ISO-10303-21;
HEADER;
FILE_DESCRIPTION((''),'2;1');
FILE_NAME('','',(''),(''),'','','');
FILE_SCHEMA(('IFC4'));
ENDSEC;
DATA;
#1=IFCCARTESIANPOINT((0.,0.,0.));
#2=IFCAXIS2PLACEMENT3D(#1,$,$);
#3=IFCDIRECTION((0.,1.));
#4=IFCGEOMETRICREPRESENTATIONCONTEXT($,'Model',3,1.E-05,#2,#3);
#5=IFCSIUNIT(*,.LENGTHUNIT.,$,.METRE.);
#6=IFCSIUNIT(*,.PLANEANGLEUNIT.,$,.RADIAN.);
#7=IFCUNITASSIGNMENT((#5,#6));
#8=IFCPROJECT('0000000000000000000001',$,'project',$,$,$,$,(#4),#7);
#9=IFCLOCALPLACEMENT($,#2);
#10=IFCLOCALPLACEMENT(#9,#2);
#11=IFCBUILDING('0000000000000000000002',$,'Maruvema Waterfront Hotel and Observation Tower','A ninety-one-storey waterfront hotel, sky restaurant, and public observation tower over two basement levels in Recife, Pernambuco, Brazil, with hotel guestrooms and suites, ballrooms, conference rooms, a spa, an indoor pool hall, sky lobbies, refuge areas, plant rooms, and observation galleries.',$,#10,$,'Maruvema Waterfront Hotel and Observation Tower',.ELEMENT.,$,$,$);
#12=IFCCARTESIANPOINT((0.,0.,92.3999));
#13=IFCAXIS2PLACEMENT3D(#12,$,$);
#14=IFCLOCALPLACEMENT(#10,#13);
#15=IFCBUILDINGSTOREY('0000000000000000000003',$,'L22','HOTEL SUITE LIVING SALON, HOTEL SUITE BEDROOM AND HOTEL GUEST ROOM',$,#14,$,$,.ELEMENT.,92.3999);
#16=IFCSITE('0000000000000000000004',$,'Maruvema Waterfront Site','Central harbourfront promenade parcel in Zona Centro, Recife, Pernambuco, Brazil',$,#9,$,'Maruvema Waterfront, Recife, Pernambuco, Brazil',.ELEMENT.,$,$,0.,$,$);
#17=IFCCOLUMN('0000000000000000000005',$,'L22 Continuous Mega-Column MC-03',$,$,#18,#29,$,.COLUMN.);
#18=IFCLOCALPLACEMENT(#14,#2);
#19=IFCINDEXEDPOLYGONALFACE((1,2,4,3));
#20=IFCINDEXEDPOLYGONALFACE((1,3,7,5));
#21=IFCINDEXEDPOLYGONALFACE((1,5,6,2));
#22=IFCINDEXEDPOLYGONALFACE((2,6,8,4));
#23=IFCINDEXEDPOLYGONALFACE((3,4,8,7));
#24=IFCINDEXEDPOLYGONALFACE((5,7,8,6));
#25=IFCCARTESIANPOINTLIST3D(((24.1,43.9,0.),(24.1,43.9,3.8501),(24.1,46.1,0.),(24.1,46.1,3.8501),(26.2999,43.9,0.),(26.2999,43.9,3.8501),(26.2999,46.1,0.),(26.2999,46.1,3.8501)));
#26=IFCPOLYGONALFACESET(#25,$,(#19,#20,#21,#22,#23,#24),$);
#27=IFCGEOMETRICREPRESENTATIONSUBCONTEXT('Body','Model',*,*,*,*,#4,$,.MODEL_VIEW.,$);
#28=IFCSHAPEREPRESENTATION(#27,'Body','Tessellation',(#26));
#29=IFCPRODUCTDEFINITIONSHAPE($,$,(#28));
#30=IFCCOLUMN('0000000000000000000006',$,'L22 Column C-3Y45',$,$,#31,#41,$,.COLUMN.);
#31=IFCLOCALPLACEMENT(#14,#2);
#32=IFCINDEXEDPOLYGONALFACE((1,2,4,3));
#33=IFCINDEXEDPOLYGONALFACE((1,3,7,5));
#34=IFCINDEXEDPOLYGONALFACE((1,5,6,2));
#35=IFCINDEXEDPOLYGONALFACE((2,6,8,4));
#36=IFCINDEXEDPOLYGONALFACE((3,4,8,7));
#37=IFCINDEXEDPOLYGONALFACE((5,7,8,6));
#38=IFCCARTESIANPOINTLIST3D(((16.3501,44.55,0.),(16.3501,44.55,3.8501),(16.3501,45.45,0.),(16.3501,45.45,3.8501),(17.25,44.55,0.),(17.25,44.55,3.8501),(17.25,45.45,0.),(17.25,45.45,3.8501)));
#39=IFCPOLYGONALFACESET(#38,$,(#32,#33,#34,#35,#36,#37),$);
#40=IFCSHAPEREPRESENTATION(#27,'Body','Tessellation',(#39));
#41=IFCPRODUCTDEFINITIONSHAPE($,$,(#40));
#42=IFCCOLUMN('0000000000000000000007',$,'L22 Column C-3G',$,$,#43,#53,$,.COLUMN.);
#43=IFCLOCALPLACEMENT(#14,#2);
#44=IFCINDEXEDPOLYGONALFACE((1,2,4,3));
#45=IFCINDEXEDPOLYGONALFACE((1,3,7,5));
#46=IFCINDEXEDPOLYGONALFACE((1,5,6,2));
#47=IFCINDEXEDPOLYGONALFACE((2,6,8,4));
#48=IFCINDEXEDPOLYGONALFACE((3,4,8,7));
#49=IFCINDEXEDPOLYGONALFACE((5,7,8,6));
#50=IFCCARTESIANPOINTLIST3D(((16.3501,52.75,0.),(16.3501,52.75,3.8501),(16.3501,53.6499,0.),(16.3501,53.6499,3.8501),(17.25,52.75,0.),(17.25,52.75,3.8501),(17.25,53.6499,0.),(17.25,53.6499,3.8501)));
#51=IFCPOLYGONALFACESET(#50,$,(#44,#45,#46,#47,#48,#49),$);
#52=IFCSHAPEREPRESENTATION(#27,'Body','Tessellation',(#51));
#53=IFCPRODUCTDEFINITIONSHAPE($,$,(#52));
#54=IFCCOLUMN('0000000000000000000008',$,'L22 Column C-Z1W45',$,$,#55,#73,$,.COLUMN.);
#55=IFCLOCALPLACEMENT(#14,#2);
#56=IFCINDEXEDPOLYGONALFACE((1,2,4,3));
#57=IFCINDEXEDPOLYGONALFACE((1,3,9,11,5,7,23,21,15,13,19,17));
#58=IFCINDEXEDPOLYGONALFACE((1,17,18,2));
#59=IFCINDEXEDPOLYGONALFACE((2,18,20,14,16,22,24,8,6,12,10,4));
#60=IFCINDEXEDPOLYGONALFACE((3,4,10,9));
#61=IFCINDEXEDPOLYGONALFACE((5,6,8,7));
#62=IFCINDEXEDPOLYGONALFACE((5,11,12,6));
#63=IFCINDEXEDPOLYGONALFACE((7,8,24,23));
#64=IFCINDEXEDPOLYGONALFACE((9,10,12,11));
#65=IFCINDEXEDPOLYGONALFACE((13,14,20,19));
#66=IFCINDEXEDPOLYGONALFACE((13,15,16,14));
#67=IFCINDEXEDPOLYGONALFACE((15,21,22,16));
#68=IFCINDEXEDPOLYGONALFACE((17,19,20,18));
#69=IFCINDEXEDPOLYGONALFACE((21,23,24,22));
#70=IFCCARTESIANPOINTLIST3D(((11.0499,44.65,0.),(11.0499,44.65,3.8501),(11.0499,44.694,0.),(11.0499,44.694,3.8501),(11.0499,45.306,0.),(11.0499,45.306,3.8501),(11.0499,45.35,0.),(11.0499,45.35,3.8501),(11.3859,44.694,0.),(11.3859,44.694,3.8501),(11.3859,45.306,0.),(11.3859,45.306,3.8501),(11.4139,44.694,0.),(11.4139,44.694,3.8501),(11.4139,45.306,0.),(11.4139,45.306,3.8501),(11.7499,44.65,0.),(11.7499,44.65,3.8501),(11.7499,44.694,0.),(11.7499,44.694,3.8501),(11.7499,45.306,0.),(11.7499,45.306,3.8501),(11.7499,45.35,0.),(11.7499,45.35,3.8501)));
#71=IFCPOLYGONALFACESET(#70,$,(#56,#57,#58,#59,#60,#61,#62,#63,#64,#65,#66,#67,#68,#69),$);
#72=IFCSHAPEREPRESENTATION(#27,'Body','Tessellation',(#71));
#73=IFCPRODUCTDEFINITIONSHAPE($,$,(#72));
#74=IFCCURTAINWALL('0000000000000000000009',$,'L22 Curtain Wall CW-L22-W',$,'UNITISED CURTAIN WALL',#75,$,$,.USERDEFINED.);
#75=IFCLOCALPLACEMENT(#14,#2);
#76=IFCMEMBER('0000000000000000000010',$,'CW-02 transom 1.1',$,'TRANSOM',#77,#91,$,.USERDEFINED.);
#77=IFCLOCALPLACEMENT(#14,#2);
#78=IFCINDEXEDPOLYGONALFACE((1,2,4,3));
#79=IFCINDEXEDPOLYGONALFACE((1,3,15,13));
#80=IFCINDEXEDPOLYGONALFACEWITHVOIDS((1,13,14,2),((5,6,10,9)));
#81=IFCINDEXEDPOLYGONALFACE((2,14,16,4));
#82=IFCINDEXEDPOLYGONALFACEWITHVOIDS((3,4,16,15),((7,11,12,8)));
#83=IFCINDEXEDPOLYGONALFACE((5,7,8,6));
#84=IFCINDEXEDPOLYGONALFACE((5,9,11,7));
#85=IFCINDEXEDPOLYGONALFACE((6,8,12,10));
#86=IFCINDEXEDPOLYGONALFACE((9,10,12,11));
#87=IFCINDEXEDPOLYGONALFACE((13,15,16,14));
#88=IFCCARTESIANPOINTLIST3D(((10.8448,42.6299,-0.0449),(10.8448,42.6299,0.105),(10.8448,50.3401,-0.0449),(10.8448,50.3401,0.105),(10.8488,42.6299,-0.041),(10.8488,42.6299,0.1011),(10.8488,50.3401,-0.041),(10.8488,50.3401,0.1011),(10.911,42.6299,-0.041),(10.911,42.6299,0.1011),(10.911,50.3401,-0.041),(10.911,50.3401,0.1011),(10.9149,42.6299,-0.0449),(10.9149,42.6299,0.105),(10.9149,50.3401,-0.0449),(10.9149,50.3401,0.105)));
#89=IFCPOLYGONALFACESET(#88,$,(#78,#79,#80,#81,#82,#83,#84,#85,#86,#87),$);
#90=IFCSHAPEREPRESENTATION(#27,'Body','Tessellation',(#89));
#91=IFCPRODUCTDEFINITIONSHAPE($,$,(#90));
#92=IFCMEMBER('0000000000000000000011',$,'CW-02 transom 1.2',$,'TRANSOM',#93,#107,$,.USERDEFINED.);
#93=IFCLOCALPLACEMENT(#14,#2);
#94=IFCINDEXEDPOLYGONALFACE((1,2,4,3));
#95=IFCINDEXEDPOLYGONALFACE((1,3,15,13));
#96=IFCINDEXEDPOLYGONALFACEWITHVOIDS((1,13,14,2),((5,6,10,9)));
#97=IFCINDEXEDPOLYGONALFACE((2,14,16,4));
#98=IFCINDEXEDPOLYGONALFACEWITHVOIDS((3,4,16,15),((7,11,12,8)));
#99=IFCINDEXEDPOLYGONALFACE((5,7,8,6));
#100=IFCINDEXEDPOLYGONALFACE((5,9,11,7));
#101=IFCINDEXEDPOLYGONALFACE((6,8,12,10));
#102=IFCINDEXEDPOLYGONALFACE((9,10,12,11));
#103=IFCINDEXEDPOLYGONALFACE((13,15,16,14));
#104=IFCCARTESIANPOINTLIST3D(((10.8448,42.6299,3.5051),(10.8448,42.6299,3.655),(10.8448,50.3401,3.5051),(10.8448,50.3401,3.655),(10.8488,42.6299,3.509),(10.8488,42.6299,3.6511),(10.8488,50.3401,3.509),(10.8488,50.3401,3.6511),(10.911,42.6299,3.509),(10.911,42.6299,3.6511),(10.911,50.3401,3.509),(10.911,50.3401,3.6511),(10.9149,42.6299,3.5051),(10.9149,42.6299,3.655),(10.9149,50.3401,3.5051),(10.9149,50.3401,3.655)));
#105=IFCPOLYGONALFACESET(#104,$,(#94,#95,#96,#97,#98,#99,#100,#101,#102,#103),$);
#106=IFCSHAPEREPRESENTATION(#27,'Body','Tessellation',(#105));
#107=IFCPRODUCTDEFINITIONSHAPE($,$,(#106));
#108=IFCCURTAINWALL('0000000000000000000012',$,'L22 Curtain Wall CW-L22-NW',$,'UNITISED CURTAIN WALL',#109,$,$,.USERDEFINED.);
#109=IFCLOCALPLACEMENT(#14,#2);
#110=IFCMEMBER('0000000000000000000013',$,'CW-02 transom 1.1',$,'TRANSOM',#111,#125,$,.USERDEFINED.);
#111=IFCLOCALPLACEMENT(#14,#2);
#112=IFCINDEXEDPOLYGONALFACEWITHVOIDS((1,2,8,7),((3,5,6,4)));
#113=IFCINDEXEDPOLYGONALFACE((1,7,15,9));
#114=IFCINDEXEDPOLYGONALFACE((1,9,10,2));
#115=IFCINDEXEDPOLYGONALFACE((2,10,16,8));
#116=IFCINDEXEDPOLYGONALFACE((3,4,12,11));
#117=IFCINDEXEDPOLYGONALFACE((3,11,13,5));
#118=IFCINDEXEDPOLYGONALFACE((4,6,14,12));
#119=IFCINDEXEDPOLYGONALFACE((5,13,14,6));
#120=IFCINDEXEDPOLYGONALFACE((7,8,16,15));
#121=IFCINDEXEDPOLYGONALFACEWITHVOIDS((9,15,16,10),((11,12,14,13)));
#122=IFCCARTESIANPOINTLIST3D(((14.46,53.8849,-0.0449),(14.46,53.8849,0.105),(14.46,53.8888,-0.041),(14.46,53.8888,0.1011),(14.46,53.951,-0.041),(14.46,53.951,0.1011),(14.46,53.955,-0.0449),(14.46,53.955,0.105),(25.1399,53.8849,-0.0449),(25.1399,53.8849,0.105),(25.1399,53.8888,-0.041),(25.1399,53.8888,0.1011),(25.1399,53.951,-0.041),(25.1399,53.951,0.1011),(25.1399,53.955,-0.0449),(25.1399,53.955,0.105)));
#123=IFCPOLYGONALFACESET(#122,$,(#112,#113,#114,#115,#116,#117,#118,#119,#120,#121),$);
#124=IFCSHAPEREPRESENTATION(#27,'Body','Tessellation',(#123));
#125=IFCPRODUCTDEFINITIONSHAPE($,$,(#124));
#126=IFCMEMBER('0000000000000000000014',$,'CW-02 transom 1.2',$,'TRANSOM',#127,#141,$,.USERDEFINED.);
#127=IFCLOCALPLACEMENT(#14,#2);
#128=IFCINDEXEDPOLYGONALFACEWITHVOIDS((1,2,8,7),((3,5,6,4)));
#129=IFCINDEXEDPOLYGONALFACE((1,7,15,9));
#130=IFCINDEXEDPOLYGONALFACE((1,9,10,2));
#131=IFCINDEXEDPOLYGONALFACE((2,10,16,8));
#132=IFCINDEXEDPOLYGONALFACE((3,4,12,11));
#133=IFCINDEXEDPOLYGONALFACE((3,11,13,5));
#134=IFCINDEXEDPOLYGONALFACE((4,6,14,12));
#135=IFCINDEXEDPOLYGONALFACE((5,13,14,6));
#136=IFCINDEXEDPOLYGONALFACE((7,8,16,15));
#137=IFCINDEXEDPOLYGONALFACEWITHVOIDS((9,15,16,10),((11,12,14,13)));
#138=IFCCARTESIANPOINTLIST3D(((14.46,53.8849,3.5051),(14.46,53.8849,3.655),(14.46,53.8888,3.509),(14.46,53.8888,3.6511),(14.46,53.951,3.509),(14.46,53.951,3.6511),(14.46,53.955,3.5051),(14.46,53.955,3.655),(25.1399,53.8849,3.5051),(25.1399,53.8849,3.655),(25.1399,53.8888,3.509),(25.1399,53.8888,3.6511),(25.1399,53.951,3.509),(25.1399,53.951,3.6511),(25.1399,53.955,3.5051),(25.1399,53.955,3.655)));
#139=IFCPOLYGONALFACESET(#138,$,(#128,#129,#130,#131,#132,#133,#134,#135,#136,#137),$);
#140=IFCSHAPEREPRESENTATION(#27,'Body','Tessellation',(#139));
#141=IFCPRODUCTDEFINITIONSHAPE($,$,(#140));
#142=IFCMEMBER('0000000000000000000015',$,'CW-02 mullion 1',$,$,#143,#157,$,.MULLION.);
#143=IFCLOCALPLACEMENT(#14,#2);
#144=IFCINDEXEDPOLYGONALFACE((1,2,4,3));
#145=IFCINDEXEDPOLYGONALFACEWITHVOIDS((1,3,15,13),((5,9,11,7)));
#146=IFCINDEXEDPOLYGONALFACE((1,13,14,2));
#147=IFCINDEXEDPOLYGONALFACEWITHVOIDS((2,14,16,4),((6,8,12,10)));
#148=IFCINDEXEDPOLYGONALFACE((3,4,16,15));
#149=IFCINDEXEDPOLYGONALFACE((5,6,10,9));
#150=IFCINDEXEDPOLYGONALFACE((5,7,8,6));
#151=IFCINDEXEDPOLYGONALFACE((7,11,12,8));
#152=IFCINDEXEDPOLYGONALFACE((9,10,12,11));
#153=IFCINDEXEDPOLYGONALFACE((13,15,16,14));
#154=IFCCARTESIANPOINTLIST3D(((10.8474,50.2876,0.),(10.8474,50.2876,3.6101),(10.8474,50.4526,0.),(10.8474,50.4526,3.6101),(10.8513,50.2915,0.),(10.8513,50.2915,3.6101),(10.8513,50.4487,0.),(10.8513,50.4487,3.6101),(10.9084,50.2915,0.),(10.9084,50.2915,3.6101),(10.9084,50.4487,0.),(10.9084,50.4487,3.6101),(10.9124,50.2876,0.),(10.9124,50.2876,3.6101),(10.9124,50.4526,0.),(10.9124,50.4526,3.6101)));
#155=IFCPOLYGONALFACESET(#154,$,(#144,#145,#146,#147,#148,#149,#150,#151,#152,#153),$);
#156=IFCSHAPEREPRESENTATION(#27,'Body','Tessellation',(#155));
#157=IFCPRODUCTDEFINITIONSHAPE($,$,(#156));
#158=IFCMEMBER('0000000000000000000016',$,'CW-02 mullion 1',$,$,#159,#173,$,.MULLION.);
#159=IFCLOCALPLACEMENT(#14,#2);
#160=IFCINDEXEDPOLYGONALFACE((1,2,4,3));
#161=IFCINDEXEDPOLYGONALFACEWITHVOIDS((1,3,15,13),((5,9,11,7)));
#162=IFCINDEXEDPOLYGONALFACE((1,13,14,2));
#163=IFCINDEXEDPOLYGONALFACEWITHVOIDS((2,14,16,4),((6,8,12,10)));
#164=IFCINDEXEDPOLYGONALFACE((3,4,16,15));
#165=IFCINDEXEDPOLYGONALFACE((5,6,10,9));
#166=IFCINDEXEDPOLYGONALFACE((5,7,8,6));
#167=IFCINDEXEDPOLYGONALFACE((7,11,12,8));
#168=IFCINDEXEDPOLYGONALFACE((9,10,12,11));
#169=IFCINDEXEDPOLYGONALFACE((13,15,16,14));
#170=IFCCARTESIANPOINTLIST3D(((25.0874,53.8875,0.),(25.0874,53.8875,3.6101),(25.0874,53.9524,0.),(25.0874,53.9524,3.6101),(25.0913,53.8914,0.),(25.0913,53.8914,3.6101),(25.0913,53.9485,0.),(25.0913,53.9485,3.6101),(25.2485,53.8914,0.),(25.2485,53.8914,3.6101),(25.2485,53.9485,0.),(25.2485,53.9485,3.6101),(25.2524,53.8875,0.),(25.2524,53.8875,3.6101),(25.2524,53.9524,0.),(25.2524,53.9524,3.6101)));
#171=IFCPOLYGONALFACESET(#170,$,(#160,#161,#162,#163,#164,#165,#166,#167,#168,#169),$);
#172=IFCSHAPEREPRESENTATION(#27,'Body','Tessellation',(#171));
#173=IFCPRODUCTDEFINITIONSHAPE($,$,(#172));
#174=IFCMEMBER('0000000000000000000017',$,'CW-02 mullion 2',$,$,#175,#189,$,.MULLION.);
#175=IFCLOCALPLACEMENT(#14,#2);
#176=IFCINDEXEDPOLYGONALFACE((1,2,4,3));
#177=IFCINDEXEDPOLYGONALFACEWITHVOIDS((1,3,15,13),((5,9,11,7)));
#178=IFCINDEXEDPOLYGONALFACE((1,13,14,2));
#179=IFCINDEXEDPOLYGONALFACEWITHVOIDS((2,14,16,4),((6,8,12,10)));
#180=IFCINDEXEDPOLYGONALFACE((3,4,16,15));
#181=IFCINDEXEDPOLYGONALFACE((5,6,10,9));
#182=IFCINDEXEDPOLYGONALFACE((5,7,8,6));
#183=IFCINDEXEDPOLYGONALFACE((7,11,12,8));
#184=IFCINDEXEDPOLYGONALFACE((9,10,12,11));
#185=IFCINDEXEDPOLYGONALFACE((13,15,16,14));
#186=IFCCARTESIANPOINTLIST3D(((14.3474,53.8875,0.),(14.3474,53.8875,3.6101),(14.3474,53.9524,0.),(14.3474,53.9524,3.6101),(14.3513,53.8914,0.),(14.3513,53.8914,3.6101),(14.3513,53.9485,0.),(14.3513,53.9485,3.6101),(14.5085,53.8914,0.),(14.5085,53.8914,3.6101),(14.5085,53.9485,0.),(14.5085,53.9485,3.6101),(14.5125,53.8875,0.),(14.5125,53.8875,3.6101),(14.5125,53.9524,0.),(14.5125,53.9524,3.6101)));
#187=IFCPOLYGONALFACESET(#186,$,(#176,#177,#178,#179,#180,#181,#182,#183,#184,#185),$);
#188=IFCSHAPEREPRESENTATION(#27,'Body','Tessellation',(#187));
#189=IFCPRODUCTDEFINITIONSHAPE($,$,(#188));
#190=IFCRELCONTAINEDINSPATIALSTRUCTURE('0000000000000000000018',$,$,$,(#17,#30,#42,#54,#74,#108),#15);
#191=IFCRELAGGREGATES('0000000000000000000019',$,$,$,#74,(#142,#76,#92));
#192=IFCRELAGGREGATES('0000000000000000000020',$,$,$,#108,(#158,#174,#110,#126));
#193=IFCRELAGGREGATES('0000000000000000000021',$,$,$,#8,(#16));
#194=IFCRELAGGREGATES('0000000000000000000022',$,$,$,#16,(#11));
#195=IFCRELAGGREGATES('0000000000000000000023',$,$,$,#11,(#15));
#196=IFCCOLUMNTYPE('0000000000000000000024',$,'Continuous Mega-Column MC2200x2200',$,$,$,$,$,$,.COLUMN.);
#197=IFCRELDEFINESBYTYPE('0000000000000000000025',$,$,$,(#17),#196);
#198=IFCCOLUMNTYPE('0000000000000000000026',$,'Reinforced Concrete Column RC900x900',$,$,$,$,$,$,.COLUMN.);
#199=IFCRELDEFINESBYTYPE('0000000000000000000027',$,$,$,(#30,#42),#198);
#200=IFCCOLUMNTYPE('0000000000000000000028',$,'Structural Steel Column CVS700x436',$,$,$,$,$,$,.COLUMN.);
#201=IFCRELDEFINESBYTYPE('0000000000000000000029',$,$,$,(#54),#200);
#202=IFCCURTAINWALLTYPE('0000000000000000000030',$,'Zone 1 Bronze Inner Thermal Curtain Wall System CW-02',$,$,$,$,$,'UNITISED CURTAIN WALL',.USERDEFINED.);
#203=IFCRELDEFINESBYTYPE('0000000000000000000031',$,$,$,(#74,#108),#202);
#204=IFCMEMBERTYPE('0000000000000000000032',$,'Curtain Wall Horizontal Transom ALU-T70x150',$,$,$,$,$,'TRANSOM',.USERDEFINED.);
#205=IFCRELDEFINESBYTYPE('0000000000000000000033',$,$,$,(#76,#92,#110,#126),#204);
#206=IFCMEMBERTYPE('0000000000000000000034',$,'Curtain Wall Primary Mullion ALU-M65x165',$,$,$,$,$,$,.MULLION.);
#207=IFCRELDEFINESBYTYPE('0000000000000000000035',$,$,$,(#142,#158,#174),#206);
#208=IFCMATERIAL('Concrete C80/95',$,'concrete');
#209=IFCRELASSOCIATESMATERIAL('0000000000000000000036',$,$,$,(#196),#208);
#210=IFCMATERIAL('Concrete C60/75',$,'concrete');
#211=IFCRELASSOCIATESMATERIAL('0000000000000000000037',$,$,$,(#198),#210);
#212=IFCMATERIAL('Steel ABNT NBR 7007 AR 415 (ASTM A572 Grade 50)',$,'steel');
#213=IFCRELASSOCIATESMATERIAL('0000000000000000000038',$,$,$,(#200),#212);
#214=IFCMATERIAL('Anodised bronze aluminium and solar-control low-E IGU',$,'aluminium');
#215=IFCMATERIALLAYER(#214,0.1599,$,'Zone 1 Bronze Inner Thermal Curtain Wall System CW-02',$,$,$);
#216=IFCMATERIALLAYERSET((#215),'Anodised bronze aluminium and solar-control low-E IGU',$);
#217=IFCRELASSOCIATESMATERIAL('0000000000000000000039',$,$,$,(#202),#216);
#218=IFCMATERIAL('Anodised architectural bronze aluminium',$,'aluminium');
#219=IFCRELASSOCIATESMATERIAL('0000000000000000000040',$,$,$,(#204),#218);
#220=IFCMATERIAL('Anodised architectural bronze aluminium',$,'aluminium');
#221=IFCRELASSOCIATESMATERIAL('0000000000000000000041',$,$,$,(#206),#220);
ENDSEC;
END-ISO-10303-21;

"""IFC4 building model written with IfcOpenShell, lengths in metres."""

from ifc_helpers import new_model, si_unit, direction, frame, origin, origin_2d, place, context, subcontext, project, spatial, rectangle, hollow_rectangle, i_section, extrude, material, layer, layer_set, material_profile, profile_set, type_object, element, aggregate, save


model = new_model("IFC4")

# Units and contexts
model_context = context("Model", 3, precision=1e-05, world=origin(), true_north=direction((0.0, 1.0)))
body_context = subcontext(model_context, "Body", "Model", "MODEL_VIEW")
ifc_project = project(units=[si_unit("LENGTHUNIT", "METRE"), si_unit("PLANEANGLEUNIT", "RADIAN")], contexts=[model_context])

# Site, building, storey
site_placement = place(None, origin())
site = spatial("IfcSite", under=ifc_project, at=site_placement, Name="Maruvema Waterfront Site", Description="Central harbourfront promenade parcel in Zona Centro, Recife, Pernambuco, Brazil", LongName="Maruvema Waterfront, Recife, Pernambuco, Brazil", CompositionType="ELEMENT", RefElevation=0.0)
building_placement = place(site_placement, origin())
building = spatial("IfcBuilding", under=site, at=building_placement, Name="Maruvema Waterfront Hotel and Observation Tower", Description="A ninety-one-storey waterfront hotel, sky restaurant, and public observation tower over two basement levels in Recife, Pernambuco, Brazil, with hotel guestrooms and suites, ballrooms, conference rooms, a spa, an indoor pool hall, sky lobbies, refuge areas, plant rooms, and observation galleries.", LongName="Maruvema Waterfront Hotel and Observation Tower", CompositionType="ELEMENT")
storey_placement = place(building_placement, frame((0.0, 0.0, 92.3999)))
storey = spatial("IfcBuildingStorey", under=building, at=storey_placement, Name="L22", Description="HOTEL SUITE LIVING SALON, HOTEL SUITE BEDROOM AND HOTEL GUEST ROOM", CompositionType="ELEMENT", Elevation=92.3999)

# Columns
ifc_material_1 = material(Name="Concrete C80/95", Category="concrete")
ifc_material_profile_1 = material_profile(ifc_material_1, rectangle(XDim=2.2, YDim=2.2, at=origin_2d()), Name="MC2200x2200")
ifc_profile_set_1 = profile_set([ifc_material_profile_1], Name="Concrete C80/95")
column_type_1 = type_object("IfcColumnType", Name="Continuous Mega-Column MC2200x2200", PredefinedType="COLUMN", material=ifc_profile_set_1)
column_1_placement = place(storey_placement, frame((25.2, 45.0, 0.0), z_axis=(0.0, 0.0, 1.0), x_axis=(1.0, 0.0, 0.0)))
element("IfcColumn", 1, at=column_1_placement, inside=storey, type_object=column_type_1, Name="L22 Continuous Mega-Column MC-03", PredefinedType="COLUMN", context=body_context, shape_type="SweptSolid", body=[
    extrude(rectangle(XDim=2.2, YDim=2.2, at=origin_2d()), origin(), (0.0, 0.0, 1.0), 3.8501),
])
ifc_material_2 = material(Name="Concrete C60/75", Category="concrete")
ifc_material_profile_2 = material_profile(ifc_material_2, rectangle(XDim=0.8999, YDim=0.8999, at=origin_2d()), Name="RC900x900")
ifc_profile_set_2 = profile_set([ifc_material_profile_2], Name="Concrete C60/75")
column_type_2 = type_object("IfcColumnType", Name="Reinforced Concrete Column RC900x900", PredefinedType="COLUMN", material=ifc_profile_set_2)
for number, where, z_axis, x_axis, name in (
    (2, (16.8, 45.0, 0.0), (0.0, 0.0, 1.0), (1.0, 0.0, 0.0), "L22 Column C-3Y45"),
    (3, (16.8, 53.2, 0.0), (0.0, 0.0, 1.0), (1.0, 0.0, 0.0), "L22 Column C-3G"),
):
    element("IfcColumn", number, at=place(storey_placement, frame(where, z_axis=z_axis, x_axis=x_axis)), inside=storey, type_object=column_type_2, Name=name, PredefinedType="COLUMN", context=body_context, shape_type="SweptSolid", body=[
        extrude(rectangle(XDim=0.8999, YDim=0.8999, at=origin_2d()), origin(), (0.0, 0.0, 1.0), 3.8501),
    ])
ifc_material_3 = material(Name="Steel ABNT NBR 7007 AR 415 (ASTM A572 Grade 50)", Category="steel")
ifc_material_profile_3 = material_profile(ifc_material_3, i_section(OverallWidth=0.7, OverallDepth=0.7, WebThickness=0.0281, FlangeThickness=0.0439, at=origin_2d()), Name="CVS700x436")
ifc_profile_set_3 = profile_set([ifc_material_profile_3], Name="Steel ABNT NBR 7007 AR 415 (ASTM A572 Grade 50)")
column_type_3 = type_object("IfcColumnType", Name="Structural Steel Column CVS700x436", PredefinedType="COLUMN", material=ifc_profile_set_3)
column_2_placement = place(storey_placement, frame((11.3999, 45.0, 0.0), z_axis=(0.0, 0.0, 1.0), x_axis=(1.0, 0.0, 0.0)))
element("IfcColumn", 4, at=column_2_placement, inside=storey, type_object=column_type_3, Name="L22 Column C-Z1W45", PredefinedType="COLUMN", context=body_context, shape_type="SweptSolid", body=[
    extrude(i_section(OverallWidth=0.7, OverallDepth=0.7, WebThickness=0.0281, FlangeThickness=0.0439, at=origin_2d()), origin(), (0.0, 0.0, 1.0), 3.8501),
])

# Curtain walls, members
ifc_material_4 = material(Name="Anodised bronze aluminium and solar-control low-E IGU", Category="aluminium")
ifc_layer_1 = layer(ifc_material_4, 0.1599, Name="Zone 1 Bronze Inner Thermal Curtain Wall System CW-02")
ifc_layer_set_1 = layer_set([ifc_layer_1], Name="Anodised bronze aluminium and solar-control low-E IGU")
curtain_wall_type = type_object("IfcCurtainWallType", Name="Zone 1 Bronze Inner Thermal Curtain Wall System CW-02", ElementType="UNITISED CURTAIN WALL", PredefinedType="USERDEFINED", material=ifc_layer_set_1)
curtain_wall_1_placement = place(storey_placement, origin())
curtain_wall_1 = element("IfcCurtainWall", 5, at=curtain_wall_1_placement, inside=storey, type_object=curtain_wall_type, Name="L22 Curtain Wall CW-L22-W", ObjectType="UNITISED CURTAIN WALL", PredefinedType="USERDEFINED")
ifc_material_5 = material(Name="Anodised architectural bronze aluminium", Category="aluminium")
ifc_material_profile_4 = material_profile(ifc_material_5, hollow_rectangle(XDim=0.0701, YDim=0.1499, WallThickness=0.0039, at=origin_2d()), Name="ALU-T70x150")
ifc_profile_set_4 = profile_set([ifc_material_profile_4], Name="Anodised architectural bronze aluminium")
member_type_1 = type_object("IfcMemberType", Name="Curtain Wall Horizontal Transom ALU-T70x150", ElementType="TRANSOM", PredefinedType="USERDEFINED", material=ifc_profile_set_4)
member_1_placement = place(storey_placement, frame((10.8799, 50.3401, 0.03), z_axis=(0.0, -1.0, 0.0), x_axis=(1.0, 0.0, 0.0)))
member_1 = element("IfcMember", 6, at=member_1_placement, type_object=member_type_1, Name="CW-02 transom 1.1", ObjectType="TRANSOM", PredefinedType="USERDEFINED", context=body_context, shape_type="SweptSolid", body=[
    extrude(hollow_rectangle(XDim=0.0701, YDim=0.1499, WallThickness=0.0039, at=origin_2d()), origin(), (0.0, 0.0, 1.0), 7.7102),
])
member_2_placement = place(storey_placement, frame((10.8799, 50.3401, 3.5801), z_axis=(0.0, -1.0, 0.0), x_axis=(1.0, 0.0, 0.0)))
member_2 = element("IfcMember", 7, at=member_2_placement, type_object=member_type_1, Name="CW-02 transom 1.2", ObjectType="TRANSOM", PredefinedType="USERDEFINED", context=body_context, shape_type="SweptSolid", body=[
    extrude(hollow_rectangle(XDim=0.0701, YDim=0.1499, WallThickness=0.0039, at=origin_2d()), origin(), (0.0, 0.0, 1.0), 7.7102),
])
curtain_wall_2_placement = place(storey_placement, origin())
curtain_wall_2 = element("IfcCurtainWall", 8, at=curtain_wall_2_placement, inside=storey, type_object=curtain_wall_type, Name="L22 Curtain Wall CW-L22-NW", ObjectType="UNITISED CURTAIN WALL", PredefinedType="USERDEFINED")
member_3_placement = place(storey_placement, frame((25.1399, 53.9199, 0.03), z_axis=(-1.0, 0.0, 0.0), x_axis=(0.0, -1.0, 0.0)))
member_3 = element("IfcMember", 9, at=member_3_placement, type_object=member_type_1, Name="CW-02 transom 1.1", ObjectType="TRANSOM", PredefinedType="USERDEFINED", context=body_context, shape_type="SweptSolid", body=[
    extrude(hollow_rectangle(XDim=0.0701, YDim=0.1499, WallThickness=0.0039, at=origin_2d()), origin(), (0.0, 0.0, 1.0), 10.6799),
])
member_4_placement = place(storey_placement, frame((25.1399, 53.9199, 3.5801), z_axis=(-1.0, 0.0, 0.0), x_axis=(0.0, -1.0, 0.0)))
member_4 = element("IfcMember", 10, at=member_4_placement, type_object=member_type_1, Name="CW-02 transom 1.2", ObjectType="TRANSOM", PredefinedType="USERDEFINED", context=body_context, shape_type="SweptSolid", body=[
    extrude(hollow_rectangle(XDim=0.0701, YDim=0.1499, WallThickness=0.0039, at=origin_2d()), origin(), (0.0, 0.0, 1.0), 10.6799),
])

# Members
ifc_material_6 = material(Name="Anodised architectural bronze aluminium", Category="aluminium")
ifc_material_profile_5 = material_profile(ifc_material_6, hollow_rectangle(XDim=0.0649, YDim=0.165, WallThickness=0.0039, at=origin_2d()), Name="ALU-M65x165")
ifc_profile_set_5 = profile_set([ifc_material_profile_5], Name="Anodised architectural bronze aluminium")
member_type_2 = type_object("IfcMemberType", Name="Curtain Wall Primary Mullion ALU-M65x165", PredefinedType="MULLION", material=ifc_profile_set_5)
member_5_placement = place(storey_placement, frame((10.8799, 50.3701, 0.0), z_axis=(0.0, 0.0, 1.0), x_axis=(1.0, 0.0, 0.0)))
member_5 = element("IfcMember", 11, at=member_5_placement, type_object=member_type_2, Name="CW-02 mullion 1", PredefinedType="MULLION", context=body_context, shape_type="SweptSolid", body=[
    extrude(hollow_rectangle(XDim=0.0649, YDim=0.165, WallThickness=0.0039, at=origin_2d()), origin(), (0.0, 0.0, 1.0), 3.6101),
])
member_6_placement = place(storey_placement, frame((25.1699, 53.9199, 0.0), z_axis=(0.0, 0.0, 1.0), x_axis=(0.0, -1.0, 0.0)))
member_6 = element("IfcMember", 12, at=member_6_placement, type_object=member_type_2, Name="CW-02 mullion 1", PredefinedType="MULLION", context=body_context, shape_type="SweptSolid", body=[
    extrude(hollow_rectangle(XDim=0.0649, YDim=0.165, WallThickness=0.0039, at=origin_2d()), origin(), (0.0, 0.0, 1.0), 3.6101),
])
member_7_placement = place(storey_placement, frame((14.4299, 53.9199, 0.0), z_axis=(0.0, 0.0, 1.0), x_axis=(0.0, -1.0, 0.0)))
member_7 = element("IfcMember", 13, at=member_7_placement, type_object=member_type_2, Name="CW-02 mullion 2", PredefinedType="MULLION", context=body_context, shape_type="SweptSolid", body=[
    extrude(hollow_rectangle(XDim=0.0649, YDim=0.165, WallThickness=0.0039, at=origin_2d()), origin(), (0.0, 0.0, 1.0), 3.6101),
])

aggregate(curtain_wall_1, [member_5, member_1, member_2])
aggregate(curtain_wall_2, [member_6, member_7, member_3, member_4])

save(model, "model.ifc")
